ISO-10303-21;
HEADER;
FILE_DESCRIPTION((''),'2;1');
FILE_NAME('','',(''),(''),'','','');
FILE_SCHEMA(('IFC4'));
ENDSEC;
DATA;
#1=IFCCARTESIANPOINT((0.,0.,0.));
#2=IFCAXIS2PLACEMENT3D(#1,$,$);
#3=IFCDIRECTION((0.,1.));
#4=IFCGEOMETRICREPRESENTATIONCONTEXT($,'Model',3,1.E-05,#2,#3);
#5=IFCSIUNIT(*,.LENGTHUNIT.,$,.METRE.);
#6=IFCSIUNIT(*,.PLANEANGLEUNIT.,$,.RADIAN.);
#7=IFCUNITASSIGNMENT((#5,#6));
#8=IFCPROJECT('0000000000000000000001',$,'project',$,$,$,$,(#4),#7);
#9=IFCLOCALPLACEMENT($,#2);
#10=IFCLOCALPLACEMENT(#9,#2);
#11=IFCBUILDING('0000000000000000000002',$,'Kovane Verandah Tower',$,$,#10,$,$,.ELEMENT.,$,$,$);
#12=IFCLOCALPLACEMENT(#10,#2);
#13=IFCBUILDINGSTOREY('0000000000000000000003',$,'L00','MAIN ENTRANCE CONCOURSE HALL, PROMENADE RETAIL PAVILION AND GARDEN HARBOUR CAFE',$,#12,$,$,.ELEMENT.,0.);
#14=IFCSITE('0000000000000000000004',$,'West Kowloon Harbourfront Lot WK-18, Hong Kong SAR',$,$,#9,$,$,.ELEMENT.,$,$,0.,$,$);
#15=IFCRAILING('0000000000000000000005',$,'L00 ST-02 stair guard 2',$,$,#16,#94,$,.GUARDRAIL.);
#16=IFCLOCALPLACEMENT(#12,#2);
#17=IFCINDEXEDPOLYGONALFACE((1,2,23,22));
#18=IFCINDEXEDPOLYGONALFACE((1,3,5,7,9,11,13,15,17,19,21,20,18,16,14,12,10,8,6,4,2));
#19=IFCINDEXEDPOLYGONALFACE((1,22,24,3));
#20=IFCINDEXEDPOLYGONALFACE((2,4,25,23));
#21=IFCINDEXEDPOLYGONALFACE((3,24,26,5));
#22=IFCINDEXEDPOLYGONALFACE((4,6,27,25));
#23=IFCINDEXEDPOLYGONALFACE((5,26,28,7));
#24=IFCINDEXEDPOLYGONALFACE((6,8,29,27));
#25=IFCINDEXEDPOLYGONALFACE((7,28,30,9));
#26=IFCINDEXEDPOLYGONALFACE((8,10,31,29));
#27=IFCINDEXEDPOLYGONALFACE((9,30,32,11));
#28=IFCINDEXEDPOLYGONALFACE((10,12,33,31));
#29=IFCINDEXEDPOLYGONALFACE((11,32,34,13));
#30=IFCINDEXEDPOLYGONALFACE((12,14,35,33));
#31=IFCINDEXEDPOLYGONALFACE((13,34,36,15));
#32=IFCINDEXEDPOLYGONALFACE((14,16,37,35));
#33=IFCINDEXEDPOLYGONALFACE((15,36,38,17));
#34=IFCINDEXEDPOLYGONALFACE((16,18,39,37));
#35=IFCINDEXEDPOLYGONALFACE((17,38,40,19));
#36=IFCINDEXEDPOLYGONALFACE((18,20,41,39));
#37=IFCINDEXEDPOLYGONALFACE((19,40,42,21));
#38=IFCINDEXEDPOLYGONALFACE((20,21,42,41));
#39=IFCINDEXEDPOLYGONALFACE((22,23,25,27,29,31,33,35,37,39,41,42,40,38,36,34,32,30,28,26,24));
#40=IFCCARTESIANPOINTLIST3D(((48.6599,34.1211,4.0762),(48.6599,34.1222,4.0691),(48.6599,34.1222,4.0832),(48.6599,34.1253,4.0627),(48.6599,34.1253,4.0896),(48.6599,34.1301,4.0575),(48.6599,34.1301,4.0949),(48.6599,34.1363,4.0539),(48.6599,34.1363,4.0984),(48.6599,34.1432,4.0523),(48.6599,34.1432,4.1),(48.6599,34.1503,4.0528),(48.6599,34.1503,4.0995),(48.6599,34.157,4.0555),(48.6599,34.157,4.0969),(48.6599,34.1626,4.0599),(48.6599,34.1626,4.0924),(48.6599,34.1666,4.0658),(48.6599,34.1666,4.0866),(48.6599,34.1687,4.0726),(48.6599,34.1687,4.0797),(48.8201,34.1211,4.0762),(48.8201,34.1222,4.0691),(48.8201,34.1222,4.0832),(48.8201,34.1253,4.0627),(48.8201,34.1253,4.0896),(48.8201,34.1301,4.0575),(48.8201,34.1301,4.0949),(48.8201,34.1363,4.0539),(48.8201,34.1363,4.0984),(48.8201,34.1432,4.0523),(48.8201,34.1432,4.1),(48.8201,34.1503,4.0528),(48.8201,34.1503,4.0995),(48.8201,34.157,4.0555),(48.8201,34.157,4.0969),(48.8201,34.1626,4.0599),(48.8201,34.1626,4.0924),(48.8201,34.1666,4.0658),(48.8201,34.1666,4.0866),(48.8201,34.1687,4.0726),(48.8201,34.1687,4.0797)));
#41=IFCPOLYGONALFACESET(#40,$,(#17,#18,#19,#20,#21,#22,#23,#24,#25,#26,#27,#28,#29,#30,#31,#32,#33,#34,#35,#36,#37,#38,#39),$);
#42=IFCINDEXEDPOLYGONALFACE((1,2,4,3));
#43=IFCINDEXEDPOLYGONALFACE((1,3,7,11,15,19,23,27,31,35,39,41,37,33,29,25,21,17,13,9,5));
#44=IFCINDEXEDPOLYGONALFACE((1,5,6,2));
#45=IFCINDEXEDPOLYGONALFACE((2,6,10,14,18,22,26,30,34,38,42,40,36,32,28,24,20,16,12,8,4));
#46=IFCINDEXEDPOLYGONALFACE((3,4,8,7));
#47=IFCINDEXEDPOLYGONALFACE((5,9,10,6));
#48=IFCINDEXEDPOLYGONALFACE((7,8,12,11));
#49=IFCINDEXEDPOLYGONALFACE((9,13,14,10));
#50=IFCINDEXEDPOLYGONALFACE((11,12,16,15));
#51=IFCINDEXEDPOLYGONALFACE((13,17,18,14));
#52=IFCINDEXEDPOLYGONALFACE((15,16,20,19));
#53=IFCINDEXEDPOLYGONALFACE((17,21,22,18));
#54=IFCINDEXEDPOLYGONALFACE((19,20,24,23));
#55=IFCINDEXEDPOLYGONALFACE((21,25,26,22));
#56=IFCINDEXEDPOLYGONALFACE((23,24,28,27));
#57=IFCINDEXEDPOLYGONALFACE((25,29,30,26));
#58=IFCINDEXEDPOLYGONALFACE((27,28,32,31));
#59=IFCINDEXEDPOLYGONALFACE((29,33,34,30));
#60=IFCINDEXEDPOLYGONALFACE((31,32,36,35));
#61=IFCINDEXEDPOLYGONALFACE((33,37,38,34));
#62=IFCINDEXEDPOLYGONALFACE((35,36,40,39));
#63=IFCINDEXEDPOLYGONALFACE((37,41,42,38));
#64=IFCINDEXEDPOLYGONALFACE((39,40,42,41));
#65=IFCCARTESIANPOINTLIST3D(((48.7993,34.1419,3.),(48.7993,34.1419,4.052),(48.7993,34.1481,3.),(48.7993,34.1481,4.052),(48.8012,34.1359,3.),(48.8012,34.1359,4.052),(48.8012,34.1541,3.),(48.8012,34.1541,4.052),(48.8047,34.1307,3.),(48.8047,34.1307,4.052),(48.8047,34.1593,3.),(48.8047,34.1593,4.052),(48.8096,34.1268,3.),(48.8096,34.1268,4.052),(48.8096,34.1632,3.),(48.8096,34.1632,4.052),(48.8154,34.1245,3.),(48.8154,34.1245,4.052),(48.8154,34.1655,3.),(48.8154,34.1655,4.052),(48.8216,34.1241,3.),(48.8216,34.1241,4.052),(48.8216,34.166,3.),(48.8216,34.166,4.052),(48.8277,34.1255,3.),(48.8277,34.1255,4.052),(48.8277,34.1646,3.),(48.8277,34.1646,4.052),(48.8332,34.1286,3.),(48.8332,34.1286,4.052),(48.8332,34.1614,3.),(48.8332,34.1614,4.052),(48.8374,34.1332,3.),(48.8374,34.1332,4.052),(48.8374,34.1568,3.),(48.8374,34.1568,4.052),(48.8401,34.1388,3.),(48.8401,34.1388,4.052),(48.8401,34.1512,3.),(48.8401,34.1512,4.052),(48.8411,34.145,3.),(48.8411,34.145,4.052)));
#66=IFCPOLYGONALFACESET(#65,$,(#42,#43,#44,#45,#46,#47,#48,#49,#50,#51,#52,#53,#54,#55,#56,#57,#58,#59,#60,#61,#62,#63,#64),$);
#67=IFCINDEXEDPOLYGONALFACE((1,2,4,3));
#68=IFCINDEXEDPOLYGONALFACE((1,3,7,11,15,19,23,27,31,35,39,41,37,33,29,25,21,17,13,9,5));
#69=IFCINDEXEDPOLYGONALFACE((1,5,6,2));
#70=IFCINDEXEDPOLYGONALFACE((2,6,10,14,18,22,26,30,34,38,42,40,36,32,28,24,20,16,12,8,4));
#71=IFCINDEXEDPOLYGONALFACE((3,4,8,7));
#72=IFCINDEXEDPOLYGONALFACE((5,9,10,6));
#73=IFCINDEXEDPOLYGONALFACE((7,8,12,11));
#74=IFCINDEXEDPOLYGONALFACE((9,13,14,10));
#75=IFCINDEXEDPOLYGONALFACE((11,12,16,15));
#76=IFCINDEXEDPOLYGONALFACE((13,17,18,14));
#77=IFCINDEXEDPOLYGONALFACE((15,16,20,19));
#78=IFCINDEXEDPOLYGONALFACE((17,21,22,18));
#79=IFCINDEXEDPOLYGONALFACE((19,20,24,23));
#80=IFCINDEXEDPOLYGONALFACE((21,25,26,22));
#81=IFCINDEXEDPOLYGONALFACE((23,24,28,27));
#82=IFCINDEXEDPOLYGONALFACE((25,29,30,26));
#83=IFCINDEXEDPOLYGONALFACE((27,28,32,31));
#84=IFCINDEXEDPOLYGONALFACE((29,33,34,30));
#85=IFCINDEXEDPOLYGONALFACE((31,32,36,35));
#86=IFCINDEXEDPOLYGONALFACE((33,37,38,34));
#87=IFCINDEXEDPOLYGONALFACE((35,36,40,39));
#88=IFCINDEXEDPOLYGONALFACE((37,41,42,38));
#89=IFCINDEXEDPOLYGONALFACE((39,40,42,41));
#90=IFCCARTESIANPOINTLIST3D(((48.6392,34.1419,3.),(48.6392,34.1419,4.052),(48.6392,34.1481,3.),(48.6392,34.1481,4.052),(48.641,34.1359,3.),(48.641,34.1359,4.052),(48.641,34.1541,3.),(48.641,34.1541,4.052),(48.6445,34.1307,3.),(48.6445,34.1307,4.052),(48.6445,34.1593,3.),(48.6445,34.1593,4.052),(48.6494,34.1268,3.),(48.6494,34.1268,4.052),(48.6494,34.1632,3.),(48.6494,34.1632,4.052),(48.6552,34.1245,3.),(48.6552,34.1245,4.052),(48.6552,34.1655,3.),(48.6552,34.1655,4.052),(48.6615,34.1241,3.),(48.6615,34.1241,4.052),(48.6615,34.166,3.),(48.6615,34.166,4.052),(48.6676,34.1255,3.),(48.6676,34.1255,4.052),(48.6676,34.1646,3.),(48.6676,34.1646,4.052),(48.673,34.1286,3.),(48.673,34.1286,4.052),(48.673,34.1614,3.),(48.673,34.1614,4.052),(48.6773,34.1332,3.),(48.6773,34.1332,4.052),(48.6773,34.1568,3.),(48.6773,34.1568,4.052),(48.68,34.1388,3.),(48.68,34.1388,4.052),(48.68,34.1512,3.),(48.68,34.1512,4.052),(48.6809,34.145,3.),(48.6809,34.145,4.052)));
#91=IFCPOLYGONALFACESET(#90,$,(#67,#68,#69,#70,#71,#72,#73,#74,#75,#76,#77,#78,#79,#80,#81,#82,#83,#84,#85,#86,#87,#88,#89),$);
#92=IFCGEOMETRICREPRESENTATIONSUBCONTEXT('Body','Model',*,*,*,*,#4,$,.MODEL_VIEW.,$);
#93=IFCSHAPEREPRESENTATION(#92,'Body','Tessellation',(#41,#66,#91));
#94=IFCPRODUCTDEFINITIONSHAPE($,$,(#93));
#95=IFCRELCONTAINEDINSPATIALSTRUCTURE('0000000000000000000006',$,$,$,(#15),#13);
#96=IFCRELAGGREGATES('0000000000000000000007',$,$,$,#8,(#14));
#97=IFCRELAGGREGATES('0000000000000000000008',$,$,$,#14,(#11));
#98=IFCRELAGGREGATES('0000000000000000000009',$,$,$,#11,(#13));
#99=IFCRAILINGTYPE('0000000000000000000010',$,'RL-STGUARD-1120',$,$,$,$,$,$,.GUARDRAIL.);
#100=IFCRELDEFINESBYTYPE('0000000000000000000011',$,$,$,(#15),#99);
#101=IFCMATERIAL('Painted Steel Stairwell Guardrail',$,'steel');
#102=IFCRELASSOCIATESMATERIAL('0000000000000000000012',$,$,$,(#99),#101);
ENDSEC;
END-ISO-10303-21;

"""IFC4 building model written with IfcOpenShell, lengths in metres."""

from ifc_helpers import new_model, si_unit, direction, frame, origin, origin_2d, place, context, subcontext, project, spatial, circle, extrude, material, type_object, element, save


model = new_model("IFC4")

# Units and contexts
model_context = context("Model", 3, precision=1e-05, world=origin(), true_north=direction((0.0, 1.0)))
body_context = subcontext(model_context, "Body", "Model", "MODEL_VIEW")
ifc_project = project(units=[si_unit("LENGTHUNIT", "METRE"), si_unit("PLANEANGLEUNIT", "RADIAN")], contexts=[model_context])

# Site, building, storey
site_placement = place(None, origin())
site = spatial("IfcSite", under=ifc_project, at=site_placement, Name="West Kowloon Harbourfront Lot WK-18, Hong Kong SAR", CompositionType="ELEMENT", RefElevation=0.0)
building_placement = place(site_placement, origin())
building = spatial("IfcBuilding", under=site, at=building_placement, Name="Kovane Verandah Tower", CompositionType="ELEMENT")
storey_placement = place(building_placement, origin())
storey = spatial("IfcBuildingStorey", under=building, at=storey_placement, Name="L00", Description="MAIN ENTRANCE CONCOURSE HALL, PROMENADE RETAIL PAVILION AND GARDEN HARBOUR CAFE", CompositionType="ELEMENT", Elevation=0.0)

# Railing
ifc_material_1 = material(Name="Painted Steel Stairwell Guardrail", Category="steel")
railing_type_1 = type_object("IfcRailingType", Name="RL-STGUARD-1120", PredefinedType="GUARDRAIL", material=ifc_material_1)
railing_1_placement = place(storey_placement, frame((48.8201, 34.145, 3.0)))
element("IfcRailing", 1, at=railing_1_placement, inside=storey, type_object=railing_type_1, Name="L00 ST-02 stair guard 2", PredefinedType="GUARDRAIL", context=body_context, shape_type="SweptSolid", body=[
    extrude(circle(Radius=0.0239, at=origin_2d()), frame((0.0, 0.0, 1.0762), z_axis=(-1.0, 0.0, 0.0), x_axis=(0.0, -1.0, 0.0)), (0.0, 0.0, 1.0), 0.1602),
    extrude(circle(Radius=0.021, at=origin_2d()), origin(), (0.0, 0.0, 1.0), 1.052),
    extrude(circle(Radius=0.021, at=origin_2d()), frame((-0.1602, 0.0, 0.0)), (0.0, 0.0, 1.0), 1.052),
])

save(model, "model.ifc")
